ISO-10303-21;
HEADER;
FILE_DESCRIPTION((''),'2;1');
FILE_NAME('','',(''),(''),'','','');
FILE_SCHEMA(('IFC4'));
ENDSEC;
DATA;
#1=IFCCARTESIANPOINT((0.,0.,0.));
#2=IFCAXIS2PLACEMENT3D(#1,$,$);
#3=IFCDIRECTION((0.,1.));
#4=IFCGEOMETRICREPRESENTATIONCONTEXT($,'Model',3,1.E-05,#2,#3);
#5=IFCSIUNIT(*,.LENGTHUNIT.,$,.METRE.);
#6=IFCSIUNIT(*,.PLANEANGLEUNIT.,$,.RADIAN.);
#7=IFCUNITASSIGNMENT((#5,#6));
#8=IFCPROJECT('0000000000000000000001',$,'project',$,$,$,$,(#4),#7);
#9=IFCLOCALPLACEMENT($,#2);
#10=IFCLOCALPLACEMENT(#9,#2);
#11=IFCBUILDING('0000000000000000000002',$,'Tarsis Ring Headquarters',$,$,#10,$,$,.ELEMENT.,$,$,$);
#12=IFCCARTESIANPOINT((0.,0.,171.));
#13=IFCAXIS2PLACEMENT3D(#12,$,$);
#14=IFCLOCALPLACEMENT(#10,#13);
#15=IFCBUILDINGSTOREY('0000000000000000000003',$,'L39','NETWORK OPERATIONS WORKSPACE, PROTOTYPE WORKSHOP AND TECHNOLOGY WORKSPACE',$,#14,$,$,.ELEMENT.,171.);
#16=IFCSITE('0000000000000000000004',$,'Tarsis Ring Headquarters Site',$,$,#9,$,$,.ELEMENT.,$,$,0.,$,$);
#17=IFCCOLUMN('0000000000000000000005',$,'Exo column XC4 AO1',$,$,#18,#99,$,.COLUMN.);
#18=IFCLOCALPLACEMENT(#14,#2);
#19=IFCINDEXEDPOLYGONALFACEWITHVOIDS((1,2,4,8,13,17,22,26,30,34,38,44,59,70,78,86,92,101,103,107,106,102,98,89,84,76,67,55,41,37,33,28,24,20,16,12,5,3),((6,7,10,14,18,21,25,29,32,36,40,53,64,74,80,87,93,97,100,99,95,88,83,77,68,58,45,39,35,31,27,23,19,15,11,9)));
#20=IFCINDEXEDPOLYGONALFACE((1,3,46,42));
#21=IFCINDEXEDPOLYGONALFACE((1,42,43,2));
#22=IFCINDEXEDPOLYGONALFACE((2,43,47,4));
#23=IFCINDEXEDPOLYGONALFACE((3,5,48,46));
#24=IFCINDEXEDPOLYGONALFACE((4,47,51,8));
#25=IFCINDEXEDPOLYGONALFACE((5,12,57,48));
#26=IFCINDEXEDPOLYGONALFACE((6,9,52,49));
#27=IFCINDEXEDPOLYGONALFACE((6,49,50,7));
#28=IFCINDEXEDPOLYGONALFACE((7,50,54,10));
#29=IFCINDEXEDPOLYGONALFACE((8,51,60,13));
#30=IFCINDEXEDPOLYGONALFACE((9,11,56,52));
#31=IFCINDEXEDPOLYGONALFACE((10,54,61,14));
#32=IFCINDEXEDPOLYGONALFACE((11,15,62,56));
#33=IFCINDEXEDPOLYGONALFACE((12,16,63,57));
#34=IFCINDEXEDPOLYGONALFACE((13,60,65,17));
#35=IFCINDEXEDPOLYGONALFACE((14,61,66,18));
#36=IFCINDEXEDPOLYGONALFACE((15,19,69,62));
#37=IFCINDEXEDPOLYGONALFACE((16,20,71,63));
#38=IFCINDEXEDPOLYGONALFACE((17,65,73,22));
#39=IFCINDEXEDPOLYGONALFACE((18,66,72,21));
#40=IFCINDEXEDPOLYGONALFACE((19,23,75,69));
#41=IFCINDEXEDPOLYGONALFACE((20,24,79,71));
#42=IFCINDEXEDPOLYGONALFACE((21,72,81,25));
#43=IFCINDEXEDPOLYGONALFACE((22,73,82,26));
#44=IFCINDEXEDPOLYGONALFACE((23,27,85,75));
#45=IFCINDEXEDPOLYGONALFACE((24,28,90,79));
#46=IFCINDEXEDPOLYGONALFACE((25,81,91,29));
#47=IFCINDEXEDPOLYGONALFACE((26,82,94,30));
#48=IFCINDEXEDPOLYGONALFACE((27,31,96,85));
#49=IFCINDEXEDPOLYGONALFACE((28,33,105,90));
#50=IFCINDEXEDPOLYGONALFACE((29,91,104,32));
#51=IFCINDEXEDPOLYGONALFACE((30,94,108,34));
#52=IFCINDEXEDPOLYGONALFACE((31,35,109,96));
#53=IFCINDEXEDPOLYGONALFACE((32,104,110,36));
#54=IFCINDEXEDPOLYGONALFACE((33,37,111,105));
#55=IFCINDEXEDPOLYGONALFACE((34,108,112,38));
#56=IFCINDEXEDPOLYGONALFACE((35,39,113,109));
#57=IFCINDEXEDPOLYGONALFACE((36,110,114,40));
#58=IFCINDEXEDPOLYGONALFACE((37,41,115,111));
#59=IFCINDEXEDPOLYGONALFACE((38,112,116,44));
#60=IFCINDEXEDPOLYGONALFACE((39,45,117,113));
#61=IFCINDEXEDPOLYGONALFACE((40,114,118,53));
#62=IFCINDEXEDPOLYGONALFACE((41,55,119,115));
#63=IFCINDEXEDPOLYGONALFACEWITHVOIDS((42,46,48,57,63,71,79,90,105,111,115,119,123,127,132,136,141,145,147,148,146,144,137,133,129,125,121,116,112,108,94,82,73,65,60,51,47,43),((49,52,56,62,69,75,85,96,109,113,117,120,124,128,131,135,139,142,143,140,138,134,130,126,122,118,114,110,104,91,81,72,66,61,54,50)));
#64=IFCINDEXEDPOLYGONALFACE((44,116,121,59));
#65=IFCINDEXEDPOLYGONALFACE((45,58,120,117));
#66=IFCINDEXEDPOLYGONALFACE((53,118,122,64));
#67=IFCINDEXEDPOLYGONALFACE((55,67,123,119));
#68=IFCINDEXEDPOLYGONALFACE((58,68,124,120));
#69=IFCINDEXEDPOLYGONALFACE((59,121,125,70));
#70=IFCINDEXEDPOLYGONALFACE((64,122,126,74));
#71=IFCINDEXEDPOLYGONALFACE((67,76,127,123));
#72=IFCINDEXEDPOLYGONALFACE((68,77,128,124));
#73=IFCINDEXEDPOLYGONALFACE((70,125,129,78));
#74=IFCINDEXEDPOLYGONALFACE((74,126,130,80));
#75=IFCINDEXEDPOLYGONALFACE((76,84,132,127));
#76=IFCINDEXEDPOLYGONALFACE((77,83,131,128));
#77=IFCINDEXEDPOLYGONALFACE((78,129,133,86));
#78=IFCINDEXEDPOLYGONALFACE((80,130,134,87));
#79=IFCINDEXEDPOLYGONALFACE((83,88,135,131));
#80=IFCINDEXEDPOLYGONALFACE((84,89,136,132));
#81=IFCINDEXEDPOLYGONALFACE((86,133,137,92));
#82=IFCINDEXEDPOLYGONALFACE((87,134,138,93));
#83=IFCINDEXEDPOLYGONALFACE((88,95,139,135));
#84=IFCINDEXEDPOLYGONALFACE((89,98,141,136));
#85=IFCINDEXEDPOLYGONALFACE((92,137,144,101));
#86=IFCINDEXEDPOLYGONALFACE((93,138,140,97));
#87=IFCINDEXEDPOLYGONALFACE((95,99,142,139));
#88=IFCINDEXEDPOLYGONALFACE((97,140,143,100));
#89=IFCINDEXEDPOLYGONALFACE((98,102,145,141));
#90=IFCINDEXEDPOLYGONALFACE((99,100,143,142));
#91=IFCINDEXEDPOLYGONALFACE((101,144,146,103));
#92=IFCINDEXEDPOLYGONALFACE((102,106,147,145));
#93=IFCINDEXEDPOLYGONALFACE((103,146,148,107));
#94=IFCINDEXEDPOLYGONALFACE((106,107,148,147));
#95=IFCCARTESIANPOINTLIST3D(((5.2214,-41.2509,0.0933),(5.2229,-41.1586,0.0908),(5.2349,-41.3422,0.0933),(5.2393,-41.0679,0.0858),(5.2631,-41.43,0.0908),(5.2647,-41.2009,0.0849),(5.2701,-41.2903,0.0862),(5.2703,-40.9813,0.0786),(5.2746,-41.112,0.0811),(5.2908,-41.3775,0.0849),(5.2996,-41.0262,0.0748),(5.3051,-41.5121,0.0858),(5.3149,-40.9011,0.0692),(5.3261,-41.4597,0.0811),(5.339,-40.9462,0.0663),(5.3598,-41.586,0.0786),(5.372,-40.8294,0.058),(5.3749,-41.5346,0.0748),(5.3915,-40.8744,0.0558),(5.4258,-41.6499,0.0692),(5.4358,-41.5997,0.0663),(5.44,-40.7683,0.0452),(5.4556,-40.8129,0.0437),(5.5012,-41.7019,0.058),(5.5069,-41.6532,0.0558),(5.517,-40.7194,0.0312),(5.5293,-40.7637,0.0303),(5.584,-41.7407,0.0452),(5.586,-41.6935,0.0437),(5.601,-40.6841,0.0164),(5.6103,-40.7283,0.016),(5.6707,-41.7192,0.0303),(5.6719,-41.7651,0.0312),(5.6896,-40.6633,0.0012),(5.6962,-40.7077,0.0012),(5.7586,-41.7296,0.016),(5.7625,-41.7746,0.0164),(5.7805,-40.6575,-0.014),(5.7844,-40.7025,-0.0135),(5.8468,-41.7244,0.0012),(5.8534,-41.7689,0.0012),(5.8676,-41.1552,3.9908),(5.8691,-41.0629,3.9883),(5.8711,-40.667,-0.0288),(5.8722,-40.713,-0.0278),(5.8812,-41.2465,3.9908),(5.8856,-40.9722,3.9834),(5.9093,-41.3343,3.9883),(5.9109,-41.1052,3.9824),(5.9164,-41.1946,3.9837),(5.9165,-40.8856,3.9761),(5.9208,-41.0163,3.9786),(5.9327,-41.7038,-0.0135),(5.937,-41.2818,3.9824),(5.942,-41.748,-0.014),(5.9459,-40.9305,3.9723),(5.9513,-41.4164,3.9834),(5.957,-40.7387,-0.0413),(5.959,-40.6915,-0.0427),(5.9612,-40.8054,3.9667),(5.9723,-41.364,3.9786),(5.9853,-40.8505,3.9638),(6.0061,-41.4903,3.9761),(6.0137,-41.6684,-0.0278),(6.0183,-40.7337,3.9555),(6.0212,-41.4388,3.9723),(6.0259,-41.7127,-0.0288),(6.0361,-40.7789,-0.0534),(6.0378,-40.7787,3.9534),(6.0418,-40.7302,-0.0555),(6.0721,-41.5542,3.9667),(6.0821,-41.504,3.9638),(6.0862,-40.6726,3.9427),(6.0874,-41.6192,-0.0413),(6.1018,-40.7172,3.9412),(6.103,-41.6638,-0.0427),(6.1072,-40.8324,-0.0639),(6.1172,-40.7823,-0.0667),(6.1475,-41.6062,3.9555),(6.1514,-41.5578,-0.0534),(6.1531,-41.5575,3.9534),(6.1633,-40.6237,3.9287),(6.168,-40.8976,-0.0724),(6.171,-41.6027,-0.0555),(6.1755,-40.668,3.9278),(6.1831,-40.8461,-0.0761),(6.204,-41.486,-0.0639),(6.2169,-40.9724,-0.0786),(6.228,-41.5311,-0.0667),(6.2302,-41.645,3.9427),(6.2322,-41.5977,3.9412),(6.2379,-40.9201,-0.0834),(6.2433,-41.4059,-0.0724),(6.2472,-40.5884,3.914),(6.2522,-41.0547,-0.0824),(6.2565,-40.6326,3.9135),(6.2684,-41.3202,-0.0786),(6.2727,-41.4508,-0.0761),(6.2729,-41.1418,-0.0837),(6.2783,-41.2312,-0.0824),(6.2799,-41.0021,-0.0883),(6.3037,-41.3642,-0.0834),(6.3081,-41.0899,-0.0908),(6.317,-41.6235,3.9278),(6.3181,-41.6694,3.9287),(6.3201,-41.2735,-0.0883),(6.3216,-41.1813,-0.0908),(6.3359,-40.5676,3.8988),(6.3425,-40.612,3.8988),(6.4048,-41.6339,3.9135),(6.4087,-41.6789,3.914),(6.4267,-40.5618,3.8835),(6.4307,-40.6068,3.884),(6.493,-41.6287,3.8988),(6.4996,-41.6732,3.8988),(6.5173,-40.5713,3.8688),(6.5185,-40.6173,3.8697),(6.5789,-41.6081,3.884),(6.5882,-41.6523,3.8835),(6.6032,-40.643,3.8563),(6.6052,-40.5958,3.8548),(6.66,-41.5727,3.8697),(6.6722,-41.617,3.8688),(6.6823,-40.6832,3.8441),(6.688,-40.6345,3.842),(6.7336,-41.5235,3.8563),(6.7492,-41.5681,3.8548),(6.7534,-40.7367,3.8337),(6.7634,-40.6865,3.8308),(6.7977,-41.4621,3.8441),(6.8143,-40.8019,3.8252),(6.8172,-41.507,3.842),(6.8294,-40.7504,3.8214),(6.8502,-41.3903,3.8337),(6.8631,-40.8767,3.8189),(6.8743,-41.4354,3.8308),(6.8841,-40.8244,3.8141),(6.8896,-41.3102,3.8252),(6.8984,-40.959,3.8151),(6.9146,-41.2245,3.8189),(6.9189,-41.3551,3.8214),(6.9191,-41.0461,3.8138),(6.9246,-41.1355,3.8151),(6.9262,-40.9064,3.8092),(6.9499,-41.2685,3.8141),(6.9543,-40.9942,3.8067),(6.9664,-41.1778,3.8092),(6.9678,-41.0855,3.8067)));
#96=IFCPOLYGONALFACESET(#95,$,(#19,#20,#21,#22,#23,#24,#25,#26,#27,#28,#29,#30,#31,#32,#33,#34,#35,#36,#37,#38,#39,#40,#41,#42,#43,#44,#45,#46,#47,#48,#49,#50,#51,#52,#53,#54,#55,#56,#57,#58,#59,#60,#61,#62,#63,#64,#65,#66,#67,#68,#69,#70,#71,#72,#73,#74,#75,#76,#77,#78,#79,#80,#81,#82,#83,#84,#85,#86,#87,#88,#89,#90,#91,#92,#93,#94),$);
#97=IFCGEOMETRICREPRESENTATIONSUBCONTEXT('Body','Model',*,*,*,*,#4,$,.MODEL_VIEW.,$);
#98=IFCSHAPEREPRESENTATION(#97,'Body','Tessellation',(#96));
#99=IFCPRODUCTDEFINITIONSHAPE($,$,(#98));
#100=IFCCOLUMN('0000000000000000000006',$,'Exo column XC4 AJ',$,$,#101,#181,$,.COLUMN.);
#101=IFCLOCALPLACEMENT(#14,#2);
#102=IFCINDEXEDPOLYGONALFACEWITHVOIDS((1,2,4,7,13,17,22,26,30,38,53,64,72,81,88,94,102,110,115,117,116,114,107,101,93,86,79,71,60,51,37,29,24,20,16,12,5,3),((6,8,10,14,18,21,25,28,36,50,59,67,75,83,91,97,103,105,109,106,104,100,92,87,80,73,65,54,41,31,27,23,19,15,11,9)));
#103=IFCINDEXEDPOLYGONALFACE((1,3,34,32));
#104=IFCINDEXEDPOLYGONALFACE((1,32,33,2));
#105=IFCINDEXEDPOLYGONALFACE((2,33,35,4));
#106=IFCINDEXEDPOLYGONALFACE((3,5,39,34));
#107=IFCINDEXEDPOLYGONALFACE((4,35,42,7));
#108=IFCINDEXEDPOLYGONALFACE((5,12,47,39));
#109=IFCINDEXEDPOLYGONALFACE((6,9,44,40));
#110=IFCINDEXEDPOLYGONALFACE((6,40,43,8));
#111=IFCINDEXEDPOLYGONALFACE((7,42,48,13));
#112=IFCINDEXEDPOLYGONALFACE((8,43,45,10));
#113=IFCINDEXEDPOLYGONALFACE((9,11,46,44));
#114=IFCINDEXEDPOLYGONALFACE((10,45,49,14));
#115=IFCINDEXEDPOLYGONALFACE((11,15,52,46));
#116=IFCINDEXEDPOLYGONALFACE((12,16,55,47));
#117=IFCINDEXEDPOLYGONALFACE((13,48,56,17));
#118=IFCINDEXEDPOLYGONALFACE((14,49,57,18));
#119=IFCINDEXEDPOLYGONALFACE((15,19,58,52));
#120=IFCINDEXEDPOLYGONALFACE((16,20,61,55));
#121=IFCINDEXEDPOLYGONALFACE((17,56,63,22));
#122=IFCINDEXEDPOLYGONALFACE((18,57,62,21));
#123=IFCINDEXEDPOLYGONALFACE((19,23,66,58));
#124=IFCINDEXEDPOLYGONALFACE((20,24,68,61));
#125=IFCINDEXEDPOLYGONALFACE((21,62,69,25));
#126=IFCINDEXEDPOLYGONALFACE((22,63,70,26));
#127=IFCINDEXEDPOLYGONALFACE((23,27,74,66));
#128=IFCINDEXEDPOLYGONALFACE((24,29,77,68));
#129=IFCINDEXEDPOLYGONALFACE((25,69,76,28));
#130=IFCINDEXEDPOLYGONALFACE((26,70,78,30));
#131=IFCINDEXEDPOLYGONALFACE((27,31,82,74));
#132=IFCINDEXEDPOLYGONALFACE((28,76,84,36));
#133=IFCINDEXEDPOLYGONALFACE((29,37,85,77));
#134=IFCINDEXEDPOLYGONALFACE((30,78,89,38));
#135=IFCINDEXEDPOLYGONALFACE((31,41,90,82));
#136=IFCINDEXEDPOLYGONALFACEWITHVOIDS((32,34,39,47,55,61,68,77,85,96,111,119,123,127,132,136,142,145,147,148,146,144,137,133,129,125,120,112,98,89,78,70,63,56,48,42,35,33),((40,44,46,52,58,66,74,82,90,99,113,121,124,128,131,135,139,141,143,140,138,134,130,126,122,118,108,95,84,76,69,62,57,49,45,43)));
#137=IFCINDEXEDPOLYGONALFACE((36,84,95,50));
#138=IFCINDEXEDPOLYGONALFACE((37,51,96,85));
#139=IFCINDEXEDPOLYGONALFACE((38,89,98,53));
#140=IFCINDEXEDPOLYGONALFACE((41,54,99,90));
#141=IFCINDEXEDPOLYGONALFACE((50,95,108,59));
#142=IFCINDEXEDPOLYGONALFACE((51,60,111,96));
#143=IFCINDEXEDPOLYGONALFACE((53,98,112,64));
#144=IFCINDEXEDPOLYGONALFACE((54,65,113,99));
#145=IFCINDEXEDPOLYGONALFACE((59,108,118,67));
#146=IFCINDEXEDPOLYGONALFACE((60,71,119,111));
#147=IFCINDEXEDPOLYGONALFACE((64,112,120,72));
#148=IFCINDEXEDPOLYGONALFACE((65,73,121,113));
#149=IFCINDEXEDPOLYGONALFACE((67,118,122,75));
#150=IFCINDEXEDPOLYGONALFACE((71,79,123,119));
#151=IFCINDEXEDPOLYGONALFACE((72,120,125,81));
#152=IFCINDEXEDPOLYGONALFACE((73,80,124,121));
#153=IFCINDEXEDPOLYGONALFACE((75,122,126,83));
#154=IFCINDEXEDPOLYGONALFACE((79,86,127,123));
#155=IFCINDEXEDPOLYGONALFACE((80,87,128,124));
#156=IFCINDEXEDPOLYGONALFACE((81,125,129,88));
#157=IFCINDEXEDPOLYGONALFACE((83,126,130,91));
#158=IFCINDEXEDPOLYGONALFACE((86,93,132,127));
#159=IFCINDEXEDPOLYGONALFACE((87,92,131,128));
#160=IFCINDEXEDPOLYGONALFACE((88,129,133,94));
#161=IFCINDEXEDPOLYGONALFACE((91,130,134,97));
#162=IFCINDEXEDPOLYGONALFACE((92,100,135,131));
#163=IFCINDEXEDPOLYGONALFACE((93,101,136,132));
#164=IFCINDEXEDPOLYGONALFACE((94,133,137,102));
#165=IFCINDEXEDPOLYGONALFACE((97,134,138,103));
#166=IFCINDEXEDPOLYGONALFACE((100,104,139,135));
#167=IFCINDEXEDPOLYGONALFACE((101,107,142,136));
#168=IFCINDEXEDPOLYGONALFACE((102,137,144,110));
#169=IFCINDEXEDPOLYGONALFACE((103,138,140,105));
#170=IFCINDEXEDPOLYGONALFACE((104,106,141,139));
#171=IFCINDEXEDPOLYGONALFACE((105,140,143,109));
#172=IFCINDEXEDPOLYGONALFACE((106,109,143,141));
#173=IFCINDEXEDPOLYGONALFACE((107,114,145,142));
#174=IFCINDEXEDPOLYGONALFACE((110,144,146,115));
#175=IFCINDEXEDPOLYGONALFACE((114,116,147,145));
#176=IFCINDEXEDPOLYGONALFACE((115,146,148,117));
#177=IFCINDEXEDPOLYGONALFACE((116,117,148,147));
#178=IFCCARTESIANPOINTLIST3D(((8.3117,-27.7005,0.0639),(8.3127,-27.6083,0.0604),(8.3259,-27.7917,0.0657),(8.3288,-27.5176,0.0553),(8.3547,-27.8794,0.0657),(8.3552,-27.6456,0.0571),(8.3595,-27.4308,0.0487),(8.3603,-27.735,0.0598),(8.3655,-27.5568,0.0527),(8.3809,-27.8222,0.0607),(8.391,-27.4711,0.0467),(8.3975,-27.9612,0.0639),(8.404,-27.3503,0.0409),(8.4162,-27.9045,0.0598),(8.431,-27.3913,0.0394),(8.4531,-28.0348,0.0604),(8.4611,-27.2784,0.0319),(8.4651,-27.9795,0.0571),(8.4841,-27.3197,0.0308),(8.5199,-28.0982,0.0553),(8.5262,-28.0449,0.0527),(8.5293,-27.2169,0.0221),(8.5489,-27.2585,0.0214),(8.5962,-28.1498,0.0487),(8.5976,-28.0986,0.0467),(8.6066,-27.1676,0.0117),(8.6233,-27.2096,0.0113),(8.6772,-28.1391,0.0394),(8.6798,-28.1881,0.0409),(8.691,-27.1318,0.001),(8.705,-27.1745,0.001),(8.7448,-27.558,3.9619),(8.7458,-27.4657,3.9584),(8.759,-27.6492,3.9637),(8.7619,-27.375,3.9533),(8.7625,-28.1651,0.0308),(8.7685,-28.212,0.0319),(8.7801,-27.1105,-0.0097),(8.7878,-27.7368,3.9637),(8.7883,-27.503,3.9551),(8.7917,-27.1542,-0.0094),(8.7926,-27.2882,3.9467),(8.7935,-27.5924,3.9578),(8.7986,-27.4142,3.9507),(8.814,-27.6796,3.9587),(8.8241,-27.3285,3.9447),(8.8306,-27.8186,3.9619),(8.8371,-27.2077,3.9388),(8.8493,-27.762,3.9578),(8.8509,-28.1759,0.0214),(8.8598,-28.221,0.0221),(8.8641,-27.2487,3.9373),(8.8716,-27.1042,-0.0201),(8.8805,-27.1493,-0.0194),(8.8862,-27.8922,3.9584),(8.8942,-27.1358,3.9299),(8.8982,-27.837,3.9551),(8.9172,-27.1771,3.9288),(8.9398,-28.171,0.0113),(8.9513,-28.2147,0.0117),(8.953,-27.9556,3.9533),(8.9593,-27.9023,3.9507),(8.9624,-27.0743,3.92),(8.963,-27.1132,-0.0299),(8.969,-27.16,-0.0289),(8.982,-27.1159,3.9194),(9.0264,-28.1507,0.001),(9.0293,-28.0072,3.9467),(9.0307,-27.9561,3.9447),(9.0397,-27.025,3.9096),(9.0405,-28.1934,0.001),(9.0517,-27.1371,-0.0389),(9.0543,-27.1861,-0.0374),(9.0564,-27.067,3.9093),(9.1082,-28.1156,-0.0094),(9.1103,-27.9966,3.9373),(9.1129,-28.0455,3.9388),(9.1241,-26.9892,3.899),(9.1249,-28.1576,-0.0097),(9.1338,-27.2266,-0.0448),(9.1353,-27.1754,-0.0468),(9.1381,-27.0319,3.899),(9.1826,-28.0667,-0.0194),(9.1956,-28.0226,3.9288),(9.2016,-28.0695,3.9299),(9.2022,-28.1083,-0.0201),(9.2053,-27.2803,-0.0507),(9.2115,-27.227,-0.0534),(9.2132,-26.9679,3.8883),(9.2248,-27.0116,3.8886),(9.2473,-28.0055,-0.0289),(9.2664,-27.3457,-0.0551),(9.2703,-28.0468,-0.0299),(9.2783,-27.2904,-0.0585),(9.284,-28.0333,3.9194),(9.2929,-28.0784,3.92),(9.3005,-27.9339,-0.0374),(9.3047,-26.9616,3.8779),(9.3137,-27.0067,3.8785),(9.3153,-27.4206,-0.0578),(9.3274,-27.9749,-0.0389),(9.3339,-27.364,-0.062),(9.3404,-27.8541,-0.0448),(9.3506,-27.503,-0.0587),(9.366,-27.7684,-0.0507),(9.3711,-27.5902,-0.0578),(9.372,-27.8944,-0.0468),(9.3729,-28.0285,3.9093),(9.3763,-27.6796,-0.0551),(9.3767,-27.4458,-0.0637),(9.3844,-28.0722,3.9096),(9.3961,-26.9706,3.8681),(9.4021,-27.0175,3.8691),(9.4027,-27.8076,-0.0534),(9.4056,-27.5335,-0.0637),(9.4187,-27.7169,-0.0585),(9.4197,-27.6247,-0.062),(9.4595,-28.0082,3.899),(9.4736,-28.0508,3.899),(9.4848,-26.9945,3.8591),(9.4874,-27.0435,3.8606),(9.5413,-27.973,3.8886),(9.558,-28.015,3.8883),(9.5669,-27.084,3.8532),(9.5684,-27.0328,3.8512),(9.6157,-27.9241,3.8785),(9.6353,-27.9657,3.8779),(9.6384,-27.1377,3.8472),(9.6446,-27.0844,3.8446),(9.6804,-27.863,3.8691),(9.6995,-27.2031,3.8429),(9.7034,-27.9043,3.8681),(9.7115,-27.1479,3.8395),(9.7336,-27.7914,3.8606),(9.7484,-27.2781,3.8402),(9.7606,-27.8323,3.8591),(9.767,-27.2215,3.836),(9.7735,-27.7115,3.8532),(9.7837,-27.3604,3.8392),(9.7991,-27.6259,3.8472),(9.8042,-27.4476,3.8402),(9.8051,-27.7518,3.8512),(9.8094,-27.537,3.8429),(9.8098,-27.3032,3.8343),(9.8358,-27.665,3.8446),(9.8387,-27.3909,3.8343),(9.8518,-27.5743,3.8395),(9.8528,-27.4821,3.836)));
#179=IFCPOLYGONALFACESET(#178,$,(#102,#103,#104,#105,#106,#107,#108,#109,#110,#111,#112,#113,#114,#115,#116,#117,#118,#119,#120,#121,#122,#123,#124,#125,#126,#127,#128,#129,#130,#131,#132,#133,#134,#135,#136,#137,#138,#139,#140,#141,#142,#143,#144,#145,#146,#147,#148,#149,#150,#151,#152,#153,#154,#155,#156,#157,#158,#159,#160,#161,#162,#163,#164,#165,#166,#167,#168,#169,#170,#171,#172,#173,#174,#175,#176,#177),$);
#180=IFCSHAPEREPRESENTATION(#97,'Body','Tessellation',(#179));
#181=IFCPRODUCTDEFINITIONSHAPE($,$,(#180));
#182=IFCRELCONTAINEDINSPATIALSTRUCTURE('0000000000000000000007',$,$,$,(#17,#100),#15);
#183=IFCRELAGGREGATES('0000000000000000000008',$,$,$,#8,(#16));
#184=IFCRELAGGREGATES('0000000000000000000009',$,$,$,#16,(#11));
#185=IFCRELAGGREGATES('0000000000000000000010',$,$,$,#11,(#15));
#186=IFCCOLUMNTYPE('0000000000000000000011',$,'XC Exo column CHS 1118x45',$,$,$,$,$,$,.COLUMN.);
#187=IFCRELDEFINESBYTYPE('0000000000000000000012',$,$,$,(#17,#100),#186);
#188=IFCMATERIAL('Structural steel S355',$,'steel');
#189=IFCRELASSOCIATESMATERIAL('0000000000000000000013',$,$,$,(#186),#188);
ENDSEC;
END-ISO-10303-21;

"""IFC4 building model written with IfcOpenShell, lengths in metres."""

from ifc_helpers import new_model, si_unit, direction, frame, origin, origin_2d, place, context, subcontext, project, spatial, hollow_circle, extrude, material, material_profile, profile_set, type_object, element, save


model = new_model("IFC4")

# Units and contexts
model_context = context("Model", 3, precision=1e-05, world=origin(), true_north=direction((0.0, 1.0)))
body_context = subcontext(model_context, "Body", "Model", "MODEL_VIEW")
ifc_project = project(units=[si_unit("LENGTHUNIT", "METRE"), si_unit("PLANEANGLEUNIT", "RADIAN")], contexts=[model_context])

# Site, building, storey
site_placement = place(None, origin())
site = spatial("IfcSite", under=ifc_project, at=site_placement, Name="Tarsis Ring Headquarters Site", CompositionType="ELEMENT", RefElevation=0.0)
building_placement = place(site_placement, origin())
building = spatial("IfcBuilding", under=site, at=building_placement, Name="Tarsis Ring Headquarters", CompositionType="ELEMENT")
storey_placement = place(building_placement, frame((0.0, 0.0, 171.0)))
storey = spatial("IfcBuildingStorey", under=building, at=storey_placement, Name="L39", Description="NETWORK OPERATIONS WORKSPACE, PROTOTYPE WORKSHOP AND TECHNOLOGY WORKSPACE", CompositionType="ELEMENT", Elevation=171.0)

# Columns
ifc_material_1 = material(Name="Structural steel S355", Category="steel")
ifc_material_profile_1 = material_profile(ifc_material_1, hollow_circle(Radius=0.5588, WallThickness=0.0449, at=origin_2d()), Name="CHS 1118x45")
ifc_profile_set_1 = profile_set([ifc_material_profile_1], Name="Structural steel S355")
column_type = type_object("IfcColumnType", Name="XC Exo column CHS 1118x45", PredefinedType="COLUMN", material=ifc_profile_set_1)
column_placement = place(storey_placement, frame((5.7715, -41.2161, 0.0012), z_axis=(0.163529, 0.024217, 0.986241), x_axis=(-0.146494, 0.989211, 0.0)))
element("IfcColumn", 1, at=column_placement, inside=storey, type_object=column_type, Name="Exo column XC4 AO1", PredefinedType="COLUMN", context=body_context, shape_type="SweptSolid", body=[
    extrude(hollow_circle(Radius=0.5588, WallThickness=0.0449, at=origin_2d()), origin(), (0.0, 0.0, 1.0), 3.9519),
])
for number, where, z_axis, x_axis, name in (
    (2, (8.8657, -27.6626, 0.001), (0.110359, 0.03633, 0.993228), (-0.312692, 0.949855, 0.0), "Exo column XC4 AJ"),
):
    element("IfcColumn", number, at=place(storey_placement, frame(where, z_axis=z_axis, x_axis=x_axis)), inside=storey, type_object=column_type, Name=name, PredefinedType="COLUMN", context=body_context, shape_type="SweptSolid", body=[
        extrude(hollow_circle(Radius=0.5588, WallThickness=0.0449, at=origin_2d()), origin(), (0.0, 0.0, 1.0), 3.9246),
    ])

save(model, "model.ifc")
